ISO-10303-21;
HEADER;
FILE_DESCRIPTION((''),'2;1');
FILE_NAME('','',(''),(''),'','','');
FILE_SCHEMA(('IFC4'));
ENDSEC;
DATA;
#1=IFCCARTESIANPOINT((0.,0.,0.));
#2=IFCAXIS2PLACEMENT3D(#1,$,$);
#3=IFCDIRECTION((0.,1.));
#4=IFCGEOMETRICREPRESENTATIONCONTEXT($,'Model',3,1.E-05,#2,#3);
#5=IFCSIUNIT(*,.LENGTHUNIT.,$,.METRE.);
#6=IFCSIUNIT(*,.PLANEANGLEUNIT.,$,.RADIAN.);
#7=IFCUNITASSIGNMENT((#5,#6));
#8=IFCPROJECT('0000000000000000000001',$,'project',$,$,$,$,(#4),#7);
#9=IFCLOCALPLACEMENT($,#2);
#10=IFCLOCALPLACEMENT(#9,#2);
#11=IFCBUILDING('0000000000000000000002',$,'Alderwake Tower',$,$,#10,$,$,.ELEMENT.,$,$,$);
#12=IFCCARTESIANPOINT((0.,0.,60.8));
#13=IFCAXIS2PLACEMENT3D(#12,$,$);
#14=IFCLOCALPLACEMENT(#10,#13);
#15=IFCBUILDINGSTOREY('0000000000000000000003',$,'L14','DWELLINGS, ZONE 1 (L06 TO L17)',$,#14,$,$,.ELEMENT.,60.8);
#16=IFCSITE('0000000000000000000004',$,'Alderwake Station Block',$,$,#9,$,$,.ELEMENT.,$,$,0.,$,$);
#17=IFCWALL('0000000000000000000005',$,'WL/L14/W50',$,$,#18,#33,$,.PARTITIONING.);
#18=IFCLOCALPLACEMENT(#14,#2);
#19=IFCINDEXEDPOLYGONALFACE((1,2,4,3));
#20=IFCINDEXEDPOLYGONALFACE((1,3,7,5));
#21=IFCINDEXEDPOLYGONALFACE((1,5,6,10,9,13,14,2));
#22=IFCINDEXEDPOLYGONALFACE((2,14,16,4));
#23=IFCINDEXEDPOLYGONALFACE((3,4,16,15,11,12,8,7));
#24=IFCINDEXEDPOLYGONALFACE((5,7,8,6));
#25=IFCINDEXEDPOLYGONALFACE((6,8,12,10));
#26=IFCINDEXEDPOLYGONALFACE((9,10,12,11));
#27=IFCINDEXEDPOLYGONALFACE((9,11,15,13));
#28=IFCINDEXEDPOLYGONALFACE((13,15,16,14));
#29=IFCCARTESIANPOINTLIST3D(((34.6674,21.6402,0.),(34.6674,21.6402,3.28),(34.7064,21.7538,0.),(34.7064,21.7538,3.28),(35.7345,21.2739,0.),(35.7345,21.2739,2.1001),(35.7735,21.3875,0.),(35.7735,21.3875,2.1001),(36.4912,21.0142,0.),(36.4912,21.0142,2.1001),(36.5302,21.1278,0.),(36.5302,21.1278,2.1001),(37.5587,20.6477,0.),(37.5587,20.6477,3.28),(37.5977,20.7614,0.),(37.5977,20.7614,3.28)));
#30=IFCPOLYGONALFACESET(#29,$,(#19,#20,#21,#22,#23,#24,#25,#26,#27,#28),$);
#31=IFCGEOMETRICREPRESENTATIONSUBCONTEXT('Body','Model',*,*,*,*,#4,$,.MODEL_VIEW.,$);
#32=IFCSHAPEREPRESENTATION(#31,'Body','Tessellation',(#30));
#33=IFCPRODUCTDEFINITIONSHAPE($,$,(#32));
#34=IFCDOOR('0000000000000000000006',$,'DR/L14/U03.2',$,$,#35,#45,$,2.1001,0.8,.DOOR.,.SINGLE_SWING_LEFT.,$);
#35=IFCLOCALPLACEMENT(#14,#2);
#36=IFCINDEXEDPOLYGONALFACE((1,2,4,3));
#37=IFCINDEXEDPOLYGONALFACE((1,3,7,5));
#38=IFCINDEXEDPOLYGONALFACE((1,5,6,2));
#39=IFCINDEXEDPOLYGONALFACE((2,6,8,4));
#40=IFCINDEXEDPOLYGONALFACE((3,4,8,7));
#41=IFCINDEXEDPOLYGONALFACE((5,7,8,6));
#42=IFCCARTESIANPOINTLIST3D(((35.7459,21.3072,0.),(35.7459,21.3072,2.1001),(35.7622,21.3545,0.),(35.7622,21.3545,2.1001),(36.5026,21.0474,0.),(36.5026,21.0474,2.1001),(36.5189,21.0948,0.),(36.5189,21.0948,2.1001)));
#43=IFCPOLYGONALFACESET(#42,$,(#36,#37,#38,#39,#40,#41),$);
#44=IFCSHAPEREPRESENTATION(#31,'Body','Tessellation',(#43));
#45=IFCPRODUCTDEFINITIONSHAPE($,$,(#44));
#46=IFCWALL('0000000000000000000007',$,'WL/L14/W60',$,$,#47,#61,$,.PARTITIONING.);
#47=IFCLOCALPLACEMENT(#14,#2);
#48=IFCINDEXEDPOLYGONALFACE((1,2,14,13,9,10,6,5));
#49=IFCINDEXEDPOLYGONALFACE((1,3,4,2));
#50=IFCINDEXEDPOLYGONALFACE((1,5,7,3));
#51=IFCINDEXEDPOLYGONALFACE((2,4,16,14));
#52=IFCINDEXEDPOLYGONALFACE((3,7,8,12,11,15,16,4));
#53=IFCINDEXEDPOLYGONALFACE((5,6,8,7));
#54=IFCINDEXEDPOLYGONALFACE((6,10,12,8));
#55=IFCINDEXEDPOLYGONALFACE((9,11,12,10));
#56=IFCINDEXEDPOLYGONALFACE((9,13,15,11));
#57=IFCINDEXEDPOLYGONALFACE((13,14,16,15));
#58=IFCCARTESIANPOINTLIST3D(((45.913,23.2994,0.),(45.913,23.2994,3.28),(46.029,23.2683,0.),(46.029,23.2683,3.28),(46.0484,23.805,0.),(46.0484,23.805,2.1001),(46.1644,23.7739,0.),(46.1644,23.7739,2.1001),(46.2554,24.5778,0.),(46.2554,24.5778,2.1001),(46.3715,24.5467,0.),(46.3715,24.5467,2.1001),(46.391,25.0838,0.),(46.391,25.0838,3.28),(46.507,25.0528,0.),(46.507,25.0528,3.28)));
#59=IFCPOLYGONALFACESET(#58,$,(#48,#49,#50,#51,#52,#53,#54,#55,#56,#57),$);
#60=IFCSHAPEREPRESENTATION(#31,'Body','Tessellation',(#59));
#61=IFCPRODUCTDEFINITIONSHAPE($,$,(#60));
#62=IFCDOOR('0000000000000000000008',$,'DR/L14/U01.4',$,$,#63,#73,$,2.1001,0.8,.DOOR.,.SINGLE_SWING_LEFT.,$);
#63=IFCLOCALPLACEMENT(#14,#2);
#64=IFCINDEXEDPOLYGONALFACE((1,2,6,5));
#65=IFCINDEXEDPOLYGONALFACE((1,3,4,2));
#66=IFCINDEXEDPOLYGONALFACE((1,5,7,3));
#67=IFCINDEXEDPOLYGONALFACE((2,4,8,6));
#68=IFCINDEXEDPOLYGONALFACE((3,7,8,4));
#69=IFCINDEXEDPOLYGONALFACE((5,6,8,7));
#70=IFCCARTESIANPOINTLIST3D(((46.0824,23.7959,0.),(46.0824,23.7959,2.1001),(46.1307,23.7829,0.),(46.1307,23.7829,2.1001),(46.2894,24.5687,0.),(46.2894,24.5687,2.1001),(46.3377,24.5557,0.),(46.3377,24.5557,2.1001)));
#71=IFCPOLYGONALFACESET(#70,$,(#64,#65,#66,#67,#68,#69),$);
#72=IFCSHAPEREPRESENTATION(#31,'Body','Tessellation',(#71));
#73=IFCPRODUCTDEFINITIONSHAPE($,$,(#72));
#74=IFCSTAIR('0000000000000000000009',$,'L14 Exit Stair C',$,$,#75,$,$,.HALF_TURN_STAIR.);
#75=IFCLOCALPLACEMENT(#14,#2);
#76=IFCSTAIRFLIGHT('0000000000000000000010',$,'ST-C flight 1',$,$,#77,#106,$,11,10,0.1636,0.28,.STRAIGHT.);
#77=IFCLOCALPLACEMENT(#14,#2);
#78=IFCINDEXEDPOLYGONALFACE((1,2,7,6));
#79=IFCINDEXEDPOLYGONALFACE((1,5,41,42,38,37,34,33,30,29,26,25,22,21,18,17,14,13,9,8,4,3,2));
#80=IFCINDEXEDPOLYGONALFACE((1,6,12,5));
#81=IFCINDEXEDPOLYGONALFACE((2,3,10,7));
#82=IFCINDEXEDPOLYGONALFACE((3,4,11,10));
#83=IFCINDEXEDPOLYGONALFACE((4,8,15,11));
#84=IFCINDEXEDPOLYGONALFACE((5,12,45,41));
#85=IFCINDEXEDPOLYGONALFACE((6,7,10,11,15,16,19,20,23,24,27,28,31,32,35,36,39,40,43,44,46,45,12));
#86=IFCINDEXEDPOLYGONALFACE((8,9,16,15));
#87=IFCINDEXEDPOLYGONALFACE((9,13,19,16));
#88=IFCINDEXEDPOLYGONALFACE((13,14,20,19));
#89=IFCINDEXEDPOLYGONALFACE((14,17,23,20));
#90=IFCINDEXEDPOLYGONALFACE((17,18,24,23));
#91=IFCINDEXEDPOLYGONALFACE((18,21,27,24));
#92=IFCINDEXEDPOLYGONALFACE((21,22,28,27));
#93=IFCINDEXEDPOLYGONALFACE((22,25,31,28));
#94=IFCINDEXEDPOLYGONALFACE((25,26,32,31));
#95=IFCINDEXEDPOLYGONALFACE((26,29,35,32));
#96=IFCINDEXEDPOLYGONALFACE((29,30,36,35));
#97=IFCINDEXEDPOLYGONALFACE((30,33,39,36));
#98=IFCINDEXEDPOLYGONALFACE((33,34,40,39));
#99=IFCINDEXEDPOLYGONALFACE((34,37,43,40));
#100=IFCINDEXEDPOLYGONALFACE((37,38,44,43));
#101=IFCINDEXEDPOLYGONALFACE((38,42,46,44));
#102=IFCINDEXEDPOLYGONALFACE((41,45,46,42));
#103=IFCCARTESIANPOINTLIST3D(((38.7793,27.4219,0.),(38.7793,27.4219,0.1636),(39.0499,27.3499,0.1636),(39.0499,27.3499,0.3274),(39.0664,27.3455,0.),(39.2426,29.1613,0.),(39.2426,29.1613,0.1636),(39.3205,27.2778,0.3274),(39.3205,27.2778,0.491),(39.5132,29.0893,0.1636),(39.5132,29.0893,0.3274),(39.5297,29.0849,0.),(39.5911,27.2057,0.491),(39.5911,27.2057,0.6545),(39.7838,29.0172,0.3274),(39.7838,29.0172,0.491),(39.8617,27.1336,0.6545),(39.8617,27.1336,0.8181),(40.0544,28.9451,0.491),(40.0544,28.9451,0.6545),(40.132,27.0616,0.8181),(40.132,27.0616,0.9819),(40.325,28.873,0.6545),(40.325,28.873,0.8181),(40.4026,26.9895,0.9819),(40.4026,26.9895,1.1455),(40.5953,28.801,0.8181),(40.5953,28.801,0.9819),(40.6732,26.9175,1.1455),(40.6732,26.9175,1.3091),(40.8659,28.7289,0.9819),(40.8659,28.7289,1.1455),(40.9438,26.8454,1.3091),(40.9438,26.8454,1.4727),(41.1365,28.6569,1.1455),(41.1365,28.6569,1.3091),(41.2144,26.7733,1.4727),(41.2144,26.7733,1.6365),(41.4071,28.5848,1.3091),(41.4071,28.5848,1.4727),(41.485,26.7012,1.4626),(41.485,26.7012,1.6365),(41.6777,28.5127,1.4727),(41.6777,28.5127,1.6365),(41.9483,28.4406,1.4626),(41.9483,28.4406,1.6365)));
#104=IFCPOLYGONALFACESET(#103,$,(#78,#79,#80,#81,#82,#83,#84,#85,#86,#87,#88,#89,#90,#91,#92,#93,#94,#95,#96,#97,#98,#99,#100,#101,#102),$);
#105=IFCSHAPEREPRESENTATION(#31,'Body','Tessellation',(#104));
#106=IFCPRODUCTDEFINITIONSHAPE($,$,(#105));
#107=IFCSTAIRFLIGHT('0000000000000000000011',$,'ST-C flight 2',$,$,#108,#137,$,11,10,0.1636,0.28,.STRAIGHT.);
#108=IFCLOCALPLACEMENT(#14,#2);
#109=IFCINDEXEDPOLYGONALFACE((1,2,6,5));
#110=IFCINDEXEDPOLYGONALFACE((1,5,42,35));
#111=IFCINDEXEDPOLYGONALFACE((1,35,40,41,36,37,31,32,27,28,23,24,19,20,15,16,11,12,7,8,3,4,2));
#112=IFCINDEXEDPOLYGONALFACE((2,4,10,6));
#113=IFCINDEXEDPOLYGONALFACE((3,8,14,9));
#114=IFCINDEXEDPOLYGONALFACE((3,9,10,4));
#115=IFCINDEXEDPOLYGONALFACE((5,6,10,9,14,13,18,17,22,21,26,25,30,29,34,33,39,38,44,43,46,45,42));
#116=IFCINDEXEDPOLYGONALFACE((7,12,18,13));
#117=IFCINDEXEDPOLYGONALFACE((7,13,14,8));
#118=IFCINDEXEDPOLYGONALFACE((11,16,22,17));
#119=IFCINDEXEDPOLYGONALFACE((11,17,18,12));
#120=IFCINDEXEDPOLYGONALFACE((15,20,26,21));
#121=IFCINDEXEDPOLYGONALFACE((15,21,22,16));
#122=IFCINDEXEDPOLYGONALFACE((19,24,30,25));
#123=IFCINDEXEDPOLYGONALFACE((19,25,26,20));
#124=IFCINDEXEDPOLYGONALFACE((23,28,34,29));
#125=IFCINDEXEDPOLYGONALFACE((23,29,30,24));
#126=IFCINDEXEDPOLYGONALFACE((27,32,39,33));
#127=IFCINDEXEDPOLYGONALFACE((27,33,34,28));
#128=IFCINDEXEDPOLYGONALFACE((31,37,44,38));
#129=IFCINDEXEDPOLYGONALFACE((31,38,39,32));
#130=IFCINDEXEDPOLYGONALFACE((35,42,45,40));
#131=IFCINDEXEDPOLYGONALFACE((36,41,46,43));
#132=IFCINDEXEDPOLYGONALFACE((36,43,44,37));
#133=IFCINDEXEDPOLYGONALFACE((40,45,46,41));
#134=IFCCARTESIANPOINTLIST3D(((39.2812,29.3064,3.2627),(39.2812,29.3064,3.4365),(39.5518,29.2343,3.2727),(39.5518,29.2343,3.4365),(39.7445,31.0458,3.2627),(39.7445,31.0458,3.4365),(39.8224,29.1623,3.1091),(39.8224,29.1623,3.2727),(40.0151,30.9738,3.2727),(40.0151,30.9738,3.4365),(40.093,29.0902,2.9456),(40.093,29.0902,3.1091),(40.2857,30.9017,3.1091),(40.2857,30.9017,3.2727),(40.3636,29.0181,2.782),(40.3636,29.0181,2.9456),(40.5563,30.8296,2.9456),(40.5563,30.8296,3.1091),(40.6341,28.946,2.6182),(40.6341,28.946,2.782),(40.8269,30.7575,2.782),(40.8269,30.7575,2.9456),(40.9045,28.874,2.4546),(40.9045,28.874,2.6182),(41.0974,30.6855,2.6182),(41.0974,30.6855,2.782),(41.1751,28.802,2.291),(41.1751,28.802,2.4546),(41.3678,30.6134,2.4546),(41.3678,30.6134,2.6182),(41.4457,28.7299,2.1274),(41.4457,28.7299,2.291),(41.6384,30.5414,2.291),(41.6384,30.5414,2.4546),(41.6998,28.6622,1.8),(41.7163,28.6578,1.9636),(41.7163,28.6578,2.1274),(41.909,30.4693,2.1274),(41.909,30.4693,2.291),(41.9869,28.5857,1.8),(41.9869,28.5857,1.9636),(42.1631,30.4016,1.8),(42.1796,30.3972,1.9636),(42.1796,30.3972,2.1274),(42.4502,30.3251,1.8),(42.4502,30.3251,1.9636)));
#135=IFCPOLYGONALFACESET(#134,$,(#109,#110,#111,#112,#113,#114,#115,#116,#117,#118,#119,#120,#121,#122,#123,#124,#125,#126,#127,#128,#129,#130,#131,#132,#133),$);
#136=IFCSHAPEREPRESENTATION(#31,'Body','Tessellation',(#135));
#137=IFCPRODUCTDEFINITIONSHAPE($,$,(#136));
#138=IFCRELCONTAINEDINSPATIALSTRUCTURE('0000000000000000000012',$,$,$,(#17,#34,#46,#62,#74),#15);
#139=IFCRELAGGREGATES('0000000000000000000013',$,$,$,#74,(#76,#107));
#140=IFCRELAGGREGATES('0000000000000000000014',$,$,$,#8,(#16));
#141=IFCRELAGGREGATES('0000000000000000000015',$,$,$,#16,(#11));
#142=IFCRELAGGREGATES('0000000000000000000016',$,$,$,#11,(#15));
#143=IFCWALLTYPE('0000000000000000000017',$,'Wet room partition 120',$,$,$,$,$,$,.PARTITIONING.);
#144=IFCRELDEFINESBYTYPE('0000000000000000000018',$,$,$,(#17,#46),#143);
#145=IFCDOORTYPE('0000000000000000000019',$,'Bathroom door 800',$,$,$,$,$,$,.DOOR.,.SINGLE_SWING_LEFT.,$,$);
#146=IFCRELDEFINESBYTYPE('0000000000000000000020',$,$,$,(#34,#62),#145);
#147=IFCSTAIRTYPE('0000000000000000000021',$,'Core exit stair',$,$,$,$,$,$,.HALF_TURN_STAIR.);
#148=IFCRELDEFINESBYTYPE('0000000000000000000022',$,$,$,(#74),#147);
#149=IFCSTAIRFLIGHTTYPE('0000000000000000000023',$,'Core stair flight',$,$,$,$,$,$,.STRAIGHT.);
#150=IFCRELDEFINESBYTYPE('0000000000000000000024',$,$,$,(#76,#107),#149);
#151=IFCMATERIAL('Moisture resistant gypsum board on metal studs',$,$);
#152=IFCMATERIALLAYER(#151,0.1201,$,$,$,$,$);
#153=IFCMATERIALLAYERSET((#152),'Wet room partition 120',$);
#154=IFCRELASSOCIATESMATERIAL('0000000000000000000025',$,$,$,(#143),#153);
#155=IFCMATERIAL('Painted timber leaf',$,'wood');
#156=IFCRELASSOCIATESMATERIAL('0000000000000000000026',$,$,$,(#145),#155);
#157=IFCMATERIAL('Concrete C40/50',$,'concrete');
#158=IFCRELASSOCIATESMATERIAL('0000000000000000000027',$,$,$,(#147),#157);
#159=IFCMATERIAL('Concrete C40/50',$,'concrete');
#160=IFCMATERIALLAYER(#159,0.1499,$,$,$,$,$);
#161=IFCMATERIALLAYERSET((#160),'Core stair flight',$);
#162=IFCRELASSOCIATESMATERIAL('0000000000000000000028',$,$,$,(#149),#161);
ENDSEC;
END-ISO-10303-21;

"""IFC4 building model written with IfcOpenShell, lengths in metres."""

from ifc_helpers import new_model, si_unit, direction, frame, frame_2d, origin, place, context, subcontext, project, spatial, polyline, rectangle, outline, extrude, material, layer, layer_set, type_object, element, fill, aggregate, save


model = new_model("IFC4")

# Units and contexts
model_context = context("Model", 3, precision=1e-05, world=origin(), true_north=direction((0.0, 1.0)))
body_context = subcontext(model_context, "Body", "Model", "MODEL_VIEW")
ifc_project = project(units=[si_unit("LENGTHUNIT", "METRE"), si_unit("PLANEANGLEUNIT", "RADIAN")], contexts=[model_context])

# Site, building, storey
site_placement = place(None, origin())
site = spatial("IfcSite", under=ifc_project, at=site_placement, Name="Alderwake Station Block", CompositionType="ELEMENT", RefElevation=0.0)
building_placement = place(site_placement, origin())
building = spatial("IfcBuilding", under=site, at=building_placement, Name="Alderwake Tower", CompositionType="ELEMENT")
storey_placement = place(building_placement, frame((0.0, 0.0, 60.8)))
storey = spatial("IfcBuildingStorey", under=building, at=storey_placement, Name="L14", Description="DWELLINGS, ZONE 1 (L06 TO L17)", CompositionType="ELEMENT", Elevation=60.8)

# Shared definitions
ifc_material_1 = material(Name="Moisture resistant gypsum board on metal studs")
ifc_layer_1 = layer(ifc_material_1, 0.1201)
ifc_layer_set_1 = layer_set([ifc_layer_1], Name="Wet room partition 120")
wall_type_1 = type_object("IfcWallType", Name="Wet room partition 120", PredefinedType="PARTITIONING", material=ifc_layer_set_1)

# Walls, openings, doors
wall_1_placement = place(storey_placement, frame((37.5781, 20.7046, 0.0), z_axis=(0.0, 0.0, 1.0), x_axis=(-0.945835, 0.324649, 0.0)))
wall_1 = element("IfcWall", 1, at=wall_1_placement, inside=storey, type_object=wall_type_1, Name="WL/L14/W50", PredefinedType="PARTITIONING", context=body_context, shape_type="SweptSolid", body=[
    extrude(rectangle(XDim=3.0569, YDim=0.1201, at=frame_2d((1.5283, 0.0))), origin(), (0.0, 0.0, 1.0), 3.28),
])
opening_1_placement = place(wall_1_placement, frame((1.1287, 0.0, 0.0)))
opening_1 = element("IfcOpeningElement", 2, at=opening_1_placement, cuts=wall_1, PredefinedType="OPENING", context=body_context, shape_type="SweptSolid", body=[
    extrude(rectangle(XDim=0.8, YDim=2.1001, at=frame_2d((0.3999, 1.05))), frame((0.0, 0.0701, 0.0), z_axis=(0.0, -1.0, 0.0), x_axis=(1.0, 0.0, 0.0)), (0.0, 0.0, 1.0), 0.1401),
])
ifc_material_2 = material(Name="Painted timber leaf", Category="wood")
door_type_1 = type_object("IfcDoorType", Name="Bathroom door 800", OperationType="SINGLE_SWING_LEFT", PredefinedType="DOOR", material=ifc_material_2)
door_1_placement = place(opening_1_placement, origin())
door_1 = element("IfcDoor", 3, at=door_1_placement, inside=storey, type_object=door_type_1, Name="DR/L14/U03.2", OperationType="SINGLE_SWING_LEFT", OverallHeight=2.1001, OverallWidth=0.8, PredefinedType="DOOR", context=body_context, shape_type="SweptSolid", body=[
    extrude(rectangle(XDim=0.8, YDim=2.1001, at=frame_2d((0.3999, 1.05))), frame((0.0, 0.0249, 0.0), z_axis=(0.0, -1.0, 0.0), x_axis=(1.0, 0.0, 0.0)), (0.0, 0.0, 1.0), 0.05),
])
fill(opening_1, door_1)
wall_2_placement = place(storey_placement, frame((45.9709, 23.2837, 0.0), z_axis=(0.0, 0.0, 1.0), x_axis=(0.258765, 0.96594, 0.0)))
wall_2 = element("IfcWall", 4, at=wall_2_placement, inside=storey, type_object=wall_type_1, Name="WL/L14/W60", PredefinedType="PARTITIONING", context=body_context, shape_type="SweptSolid", body=[
    extrude(rectangle(XDim=1.8474, YDim=0.1201, at=frame_2d((0.9238, 0.0))), origin(), (0.0, 0.0, 1.0), 3.28),
])
opening_2_placement = place(wall_2_placement, frame((0.5237, 0.0, 0.0)))
opening_2 = element("IfcOpeningElement", 5, at=opening_2_placement, cuts=wall_2, PredefinedType="OPENING", context=body_context, shape_type="SweptSolid", body=[
    extrude(rectangle(XDim=0.8, YDim=2.1001, at=frame_2d((0.3999, 1.05))), frame((0.0, 0.0701, 0.0), z_axis=(0.0, -1.0, 0.0), x_axis=(1.0, 0.0, 0.0)), (0.0, 0.0, 1.0), 0.1401),
])
door_2_placement = place(opening_2_placement, origin())
door_2 = element("IfcDoor", 6, at=door_2_placement, inside=storey, type_object=door_type_1, Name="DR/L14/U01.4", OperationType="SINGLE_SWING_LEFT", OverallHeight=2.1001, OverallWidth=0.8, PredefinedType="DOOR", context=body_context, shape_type="SweptSolid", body=[
    extrude(rectangle(XDim=0.8, YDim=2.1001, at=frame_2d((0.3999, 1.05))), frame((0.0, 0.0249, 0.0), z_axis=(0.0, -1.0, 0.0), x_axis=(1.0, 0.0, 0.0)), (0.0, 0.0, 1.0), 0.05),
])
fill(opening_2, door_2)

# Stair, stair flights
ifc_material_3 = material(Name="Concrete C40/50", Category="concrete")
stair_type = type_object("IfcStairType", Name="Core exit stair", PredefinedType="HALF_TURN_STAIR", material=ifc_material_3)
stair_placement = place(storey_placement, origin())
stair = element("IfcStair", 7, at=stair_placement, inside=storey, type_object=stair_type, Name="L14 Exit Stair C", PredefinedType="HALF_TURN_STAIR")
ifc_material_4 = material(Name="Concrete C40/50", Category="concrete")
ifc_layer_2 = layer(ifc_material_4, 0.1499)
ifc_layer_set_2 = layer_set([ifc_layer_2], Name="Core stair flight")
stair_flight_type = type_object("IfcStairFlightType", Name="Core stair flight", PredefinedType="STRAIGHT", material=ifc_layer_set_2)
stair_flight_1_placement = place(storey_placement, frame((39.011, 28.2917, 0.0), z_axis=(0.0, 0.0, 1.0), x_axis=(0.96631, -0.257382, 0.0)))
stair_flight_1 = element("IfcStairFlight", 8, at=stair_flight_1_placement, type_object=stair_flight_type, Name="ST-C flight 1", NumberOfRisers=11, NumberOfTreads=10, PredefinedType="STRAIGHT", RiserHeight=0.1636, TreadLength=0.28, context=body_context, shape_type="SweptSolid", body=[
    extrude(outline(polyline([(0.0, 0.0), (0.0, 0.1636), (0.28, 0.1636), (0.28, 0.3274), (0.5601, 0.3274), (0.5601, 0.491), (0.8401, 0.491), (0.8401, 0.6545), (1.1201, 0.6545), (1.1201, 0.8181), (1.3999, 0.8181), (1.3999, 0.9819), (1.6799, 0.9819), (1.6799, 1.1455), (1.96, 1.1455), (1.96, 1.3091), (2.24, 1.3091), (2.24, 1.4727), (2.52, 1.4727), (2.52, 1.6365), (2.8, 1.6365), (2.8, 1.8), (2.8, 1.4626), (0.2971, 0.0), (0.0, 0.0)])), frame((0.0, 0.8999, 0.0), z_axis=(0.0, -1.0, 0.0), x_axis=(1.0, 0.0, 0.0)), (0.0, 0.0, 1.0), 1.8),
])
stair_flight_2_placement = place(storey_placement, frame((42.2185, 29.4553, 1.8), z_axis=(0.0, 0.0, 1.0), x_axis=(-0.96631, 0.257382, 0.0)))
stair_flight_2 = element("IfcStairFlight", 9, at=stair_flight_2_placement, type_object=stair_flight_type, Name="ST-C flight 2", NumberOfRisers=11, NumberOfTreads=10, PredefinedType="STRAIGHT", RiserHeight=0.1636, TreadLength=0.28, context=body_context, shape_type="SweptSolid", body=[
    extrude(outline(polyline([(0.0, 0.0), (0.0, 0.1636), (0.28, 0.1636), (0.28, 0.3274), (0.5601, 0.3274), (0.5601, 0.491), (0.8401, 0.491), (0.8401, 0.6545), (1.1201, 0.6545), (1.1201, 0.8181), (1.3999, 0.8181), (1.3999, 0.9819), (1.6799, 0.9819), (1.6799, 1.1455), (1.96, 1.1455), (1.96, 1.3091), (2.24, 1.3091), (2.24, 1.4727), (2.52, 1.4727), (2.52, 1.6365), (2.8, 1.6365), (2.8, 1.8), (2.8, 1.4626), (0.2971, 0.0), (0.0, 0.0)])), frame((0.0, 0.8999, 0.0), z_axis=(0.0, -1.0, 0.0), x_axis=(1.0, 0.0, 0.0)), (0.0, 0.0, 1.0), 1.8),
])
aggregate(stair, [stair_flight_1, stair_flight_2])

save(model, "model.ifc")
